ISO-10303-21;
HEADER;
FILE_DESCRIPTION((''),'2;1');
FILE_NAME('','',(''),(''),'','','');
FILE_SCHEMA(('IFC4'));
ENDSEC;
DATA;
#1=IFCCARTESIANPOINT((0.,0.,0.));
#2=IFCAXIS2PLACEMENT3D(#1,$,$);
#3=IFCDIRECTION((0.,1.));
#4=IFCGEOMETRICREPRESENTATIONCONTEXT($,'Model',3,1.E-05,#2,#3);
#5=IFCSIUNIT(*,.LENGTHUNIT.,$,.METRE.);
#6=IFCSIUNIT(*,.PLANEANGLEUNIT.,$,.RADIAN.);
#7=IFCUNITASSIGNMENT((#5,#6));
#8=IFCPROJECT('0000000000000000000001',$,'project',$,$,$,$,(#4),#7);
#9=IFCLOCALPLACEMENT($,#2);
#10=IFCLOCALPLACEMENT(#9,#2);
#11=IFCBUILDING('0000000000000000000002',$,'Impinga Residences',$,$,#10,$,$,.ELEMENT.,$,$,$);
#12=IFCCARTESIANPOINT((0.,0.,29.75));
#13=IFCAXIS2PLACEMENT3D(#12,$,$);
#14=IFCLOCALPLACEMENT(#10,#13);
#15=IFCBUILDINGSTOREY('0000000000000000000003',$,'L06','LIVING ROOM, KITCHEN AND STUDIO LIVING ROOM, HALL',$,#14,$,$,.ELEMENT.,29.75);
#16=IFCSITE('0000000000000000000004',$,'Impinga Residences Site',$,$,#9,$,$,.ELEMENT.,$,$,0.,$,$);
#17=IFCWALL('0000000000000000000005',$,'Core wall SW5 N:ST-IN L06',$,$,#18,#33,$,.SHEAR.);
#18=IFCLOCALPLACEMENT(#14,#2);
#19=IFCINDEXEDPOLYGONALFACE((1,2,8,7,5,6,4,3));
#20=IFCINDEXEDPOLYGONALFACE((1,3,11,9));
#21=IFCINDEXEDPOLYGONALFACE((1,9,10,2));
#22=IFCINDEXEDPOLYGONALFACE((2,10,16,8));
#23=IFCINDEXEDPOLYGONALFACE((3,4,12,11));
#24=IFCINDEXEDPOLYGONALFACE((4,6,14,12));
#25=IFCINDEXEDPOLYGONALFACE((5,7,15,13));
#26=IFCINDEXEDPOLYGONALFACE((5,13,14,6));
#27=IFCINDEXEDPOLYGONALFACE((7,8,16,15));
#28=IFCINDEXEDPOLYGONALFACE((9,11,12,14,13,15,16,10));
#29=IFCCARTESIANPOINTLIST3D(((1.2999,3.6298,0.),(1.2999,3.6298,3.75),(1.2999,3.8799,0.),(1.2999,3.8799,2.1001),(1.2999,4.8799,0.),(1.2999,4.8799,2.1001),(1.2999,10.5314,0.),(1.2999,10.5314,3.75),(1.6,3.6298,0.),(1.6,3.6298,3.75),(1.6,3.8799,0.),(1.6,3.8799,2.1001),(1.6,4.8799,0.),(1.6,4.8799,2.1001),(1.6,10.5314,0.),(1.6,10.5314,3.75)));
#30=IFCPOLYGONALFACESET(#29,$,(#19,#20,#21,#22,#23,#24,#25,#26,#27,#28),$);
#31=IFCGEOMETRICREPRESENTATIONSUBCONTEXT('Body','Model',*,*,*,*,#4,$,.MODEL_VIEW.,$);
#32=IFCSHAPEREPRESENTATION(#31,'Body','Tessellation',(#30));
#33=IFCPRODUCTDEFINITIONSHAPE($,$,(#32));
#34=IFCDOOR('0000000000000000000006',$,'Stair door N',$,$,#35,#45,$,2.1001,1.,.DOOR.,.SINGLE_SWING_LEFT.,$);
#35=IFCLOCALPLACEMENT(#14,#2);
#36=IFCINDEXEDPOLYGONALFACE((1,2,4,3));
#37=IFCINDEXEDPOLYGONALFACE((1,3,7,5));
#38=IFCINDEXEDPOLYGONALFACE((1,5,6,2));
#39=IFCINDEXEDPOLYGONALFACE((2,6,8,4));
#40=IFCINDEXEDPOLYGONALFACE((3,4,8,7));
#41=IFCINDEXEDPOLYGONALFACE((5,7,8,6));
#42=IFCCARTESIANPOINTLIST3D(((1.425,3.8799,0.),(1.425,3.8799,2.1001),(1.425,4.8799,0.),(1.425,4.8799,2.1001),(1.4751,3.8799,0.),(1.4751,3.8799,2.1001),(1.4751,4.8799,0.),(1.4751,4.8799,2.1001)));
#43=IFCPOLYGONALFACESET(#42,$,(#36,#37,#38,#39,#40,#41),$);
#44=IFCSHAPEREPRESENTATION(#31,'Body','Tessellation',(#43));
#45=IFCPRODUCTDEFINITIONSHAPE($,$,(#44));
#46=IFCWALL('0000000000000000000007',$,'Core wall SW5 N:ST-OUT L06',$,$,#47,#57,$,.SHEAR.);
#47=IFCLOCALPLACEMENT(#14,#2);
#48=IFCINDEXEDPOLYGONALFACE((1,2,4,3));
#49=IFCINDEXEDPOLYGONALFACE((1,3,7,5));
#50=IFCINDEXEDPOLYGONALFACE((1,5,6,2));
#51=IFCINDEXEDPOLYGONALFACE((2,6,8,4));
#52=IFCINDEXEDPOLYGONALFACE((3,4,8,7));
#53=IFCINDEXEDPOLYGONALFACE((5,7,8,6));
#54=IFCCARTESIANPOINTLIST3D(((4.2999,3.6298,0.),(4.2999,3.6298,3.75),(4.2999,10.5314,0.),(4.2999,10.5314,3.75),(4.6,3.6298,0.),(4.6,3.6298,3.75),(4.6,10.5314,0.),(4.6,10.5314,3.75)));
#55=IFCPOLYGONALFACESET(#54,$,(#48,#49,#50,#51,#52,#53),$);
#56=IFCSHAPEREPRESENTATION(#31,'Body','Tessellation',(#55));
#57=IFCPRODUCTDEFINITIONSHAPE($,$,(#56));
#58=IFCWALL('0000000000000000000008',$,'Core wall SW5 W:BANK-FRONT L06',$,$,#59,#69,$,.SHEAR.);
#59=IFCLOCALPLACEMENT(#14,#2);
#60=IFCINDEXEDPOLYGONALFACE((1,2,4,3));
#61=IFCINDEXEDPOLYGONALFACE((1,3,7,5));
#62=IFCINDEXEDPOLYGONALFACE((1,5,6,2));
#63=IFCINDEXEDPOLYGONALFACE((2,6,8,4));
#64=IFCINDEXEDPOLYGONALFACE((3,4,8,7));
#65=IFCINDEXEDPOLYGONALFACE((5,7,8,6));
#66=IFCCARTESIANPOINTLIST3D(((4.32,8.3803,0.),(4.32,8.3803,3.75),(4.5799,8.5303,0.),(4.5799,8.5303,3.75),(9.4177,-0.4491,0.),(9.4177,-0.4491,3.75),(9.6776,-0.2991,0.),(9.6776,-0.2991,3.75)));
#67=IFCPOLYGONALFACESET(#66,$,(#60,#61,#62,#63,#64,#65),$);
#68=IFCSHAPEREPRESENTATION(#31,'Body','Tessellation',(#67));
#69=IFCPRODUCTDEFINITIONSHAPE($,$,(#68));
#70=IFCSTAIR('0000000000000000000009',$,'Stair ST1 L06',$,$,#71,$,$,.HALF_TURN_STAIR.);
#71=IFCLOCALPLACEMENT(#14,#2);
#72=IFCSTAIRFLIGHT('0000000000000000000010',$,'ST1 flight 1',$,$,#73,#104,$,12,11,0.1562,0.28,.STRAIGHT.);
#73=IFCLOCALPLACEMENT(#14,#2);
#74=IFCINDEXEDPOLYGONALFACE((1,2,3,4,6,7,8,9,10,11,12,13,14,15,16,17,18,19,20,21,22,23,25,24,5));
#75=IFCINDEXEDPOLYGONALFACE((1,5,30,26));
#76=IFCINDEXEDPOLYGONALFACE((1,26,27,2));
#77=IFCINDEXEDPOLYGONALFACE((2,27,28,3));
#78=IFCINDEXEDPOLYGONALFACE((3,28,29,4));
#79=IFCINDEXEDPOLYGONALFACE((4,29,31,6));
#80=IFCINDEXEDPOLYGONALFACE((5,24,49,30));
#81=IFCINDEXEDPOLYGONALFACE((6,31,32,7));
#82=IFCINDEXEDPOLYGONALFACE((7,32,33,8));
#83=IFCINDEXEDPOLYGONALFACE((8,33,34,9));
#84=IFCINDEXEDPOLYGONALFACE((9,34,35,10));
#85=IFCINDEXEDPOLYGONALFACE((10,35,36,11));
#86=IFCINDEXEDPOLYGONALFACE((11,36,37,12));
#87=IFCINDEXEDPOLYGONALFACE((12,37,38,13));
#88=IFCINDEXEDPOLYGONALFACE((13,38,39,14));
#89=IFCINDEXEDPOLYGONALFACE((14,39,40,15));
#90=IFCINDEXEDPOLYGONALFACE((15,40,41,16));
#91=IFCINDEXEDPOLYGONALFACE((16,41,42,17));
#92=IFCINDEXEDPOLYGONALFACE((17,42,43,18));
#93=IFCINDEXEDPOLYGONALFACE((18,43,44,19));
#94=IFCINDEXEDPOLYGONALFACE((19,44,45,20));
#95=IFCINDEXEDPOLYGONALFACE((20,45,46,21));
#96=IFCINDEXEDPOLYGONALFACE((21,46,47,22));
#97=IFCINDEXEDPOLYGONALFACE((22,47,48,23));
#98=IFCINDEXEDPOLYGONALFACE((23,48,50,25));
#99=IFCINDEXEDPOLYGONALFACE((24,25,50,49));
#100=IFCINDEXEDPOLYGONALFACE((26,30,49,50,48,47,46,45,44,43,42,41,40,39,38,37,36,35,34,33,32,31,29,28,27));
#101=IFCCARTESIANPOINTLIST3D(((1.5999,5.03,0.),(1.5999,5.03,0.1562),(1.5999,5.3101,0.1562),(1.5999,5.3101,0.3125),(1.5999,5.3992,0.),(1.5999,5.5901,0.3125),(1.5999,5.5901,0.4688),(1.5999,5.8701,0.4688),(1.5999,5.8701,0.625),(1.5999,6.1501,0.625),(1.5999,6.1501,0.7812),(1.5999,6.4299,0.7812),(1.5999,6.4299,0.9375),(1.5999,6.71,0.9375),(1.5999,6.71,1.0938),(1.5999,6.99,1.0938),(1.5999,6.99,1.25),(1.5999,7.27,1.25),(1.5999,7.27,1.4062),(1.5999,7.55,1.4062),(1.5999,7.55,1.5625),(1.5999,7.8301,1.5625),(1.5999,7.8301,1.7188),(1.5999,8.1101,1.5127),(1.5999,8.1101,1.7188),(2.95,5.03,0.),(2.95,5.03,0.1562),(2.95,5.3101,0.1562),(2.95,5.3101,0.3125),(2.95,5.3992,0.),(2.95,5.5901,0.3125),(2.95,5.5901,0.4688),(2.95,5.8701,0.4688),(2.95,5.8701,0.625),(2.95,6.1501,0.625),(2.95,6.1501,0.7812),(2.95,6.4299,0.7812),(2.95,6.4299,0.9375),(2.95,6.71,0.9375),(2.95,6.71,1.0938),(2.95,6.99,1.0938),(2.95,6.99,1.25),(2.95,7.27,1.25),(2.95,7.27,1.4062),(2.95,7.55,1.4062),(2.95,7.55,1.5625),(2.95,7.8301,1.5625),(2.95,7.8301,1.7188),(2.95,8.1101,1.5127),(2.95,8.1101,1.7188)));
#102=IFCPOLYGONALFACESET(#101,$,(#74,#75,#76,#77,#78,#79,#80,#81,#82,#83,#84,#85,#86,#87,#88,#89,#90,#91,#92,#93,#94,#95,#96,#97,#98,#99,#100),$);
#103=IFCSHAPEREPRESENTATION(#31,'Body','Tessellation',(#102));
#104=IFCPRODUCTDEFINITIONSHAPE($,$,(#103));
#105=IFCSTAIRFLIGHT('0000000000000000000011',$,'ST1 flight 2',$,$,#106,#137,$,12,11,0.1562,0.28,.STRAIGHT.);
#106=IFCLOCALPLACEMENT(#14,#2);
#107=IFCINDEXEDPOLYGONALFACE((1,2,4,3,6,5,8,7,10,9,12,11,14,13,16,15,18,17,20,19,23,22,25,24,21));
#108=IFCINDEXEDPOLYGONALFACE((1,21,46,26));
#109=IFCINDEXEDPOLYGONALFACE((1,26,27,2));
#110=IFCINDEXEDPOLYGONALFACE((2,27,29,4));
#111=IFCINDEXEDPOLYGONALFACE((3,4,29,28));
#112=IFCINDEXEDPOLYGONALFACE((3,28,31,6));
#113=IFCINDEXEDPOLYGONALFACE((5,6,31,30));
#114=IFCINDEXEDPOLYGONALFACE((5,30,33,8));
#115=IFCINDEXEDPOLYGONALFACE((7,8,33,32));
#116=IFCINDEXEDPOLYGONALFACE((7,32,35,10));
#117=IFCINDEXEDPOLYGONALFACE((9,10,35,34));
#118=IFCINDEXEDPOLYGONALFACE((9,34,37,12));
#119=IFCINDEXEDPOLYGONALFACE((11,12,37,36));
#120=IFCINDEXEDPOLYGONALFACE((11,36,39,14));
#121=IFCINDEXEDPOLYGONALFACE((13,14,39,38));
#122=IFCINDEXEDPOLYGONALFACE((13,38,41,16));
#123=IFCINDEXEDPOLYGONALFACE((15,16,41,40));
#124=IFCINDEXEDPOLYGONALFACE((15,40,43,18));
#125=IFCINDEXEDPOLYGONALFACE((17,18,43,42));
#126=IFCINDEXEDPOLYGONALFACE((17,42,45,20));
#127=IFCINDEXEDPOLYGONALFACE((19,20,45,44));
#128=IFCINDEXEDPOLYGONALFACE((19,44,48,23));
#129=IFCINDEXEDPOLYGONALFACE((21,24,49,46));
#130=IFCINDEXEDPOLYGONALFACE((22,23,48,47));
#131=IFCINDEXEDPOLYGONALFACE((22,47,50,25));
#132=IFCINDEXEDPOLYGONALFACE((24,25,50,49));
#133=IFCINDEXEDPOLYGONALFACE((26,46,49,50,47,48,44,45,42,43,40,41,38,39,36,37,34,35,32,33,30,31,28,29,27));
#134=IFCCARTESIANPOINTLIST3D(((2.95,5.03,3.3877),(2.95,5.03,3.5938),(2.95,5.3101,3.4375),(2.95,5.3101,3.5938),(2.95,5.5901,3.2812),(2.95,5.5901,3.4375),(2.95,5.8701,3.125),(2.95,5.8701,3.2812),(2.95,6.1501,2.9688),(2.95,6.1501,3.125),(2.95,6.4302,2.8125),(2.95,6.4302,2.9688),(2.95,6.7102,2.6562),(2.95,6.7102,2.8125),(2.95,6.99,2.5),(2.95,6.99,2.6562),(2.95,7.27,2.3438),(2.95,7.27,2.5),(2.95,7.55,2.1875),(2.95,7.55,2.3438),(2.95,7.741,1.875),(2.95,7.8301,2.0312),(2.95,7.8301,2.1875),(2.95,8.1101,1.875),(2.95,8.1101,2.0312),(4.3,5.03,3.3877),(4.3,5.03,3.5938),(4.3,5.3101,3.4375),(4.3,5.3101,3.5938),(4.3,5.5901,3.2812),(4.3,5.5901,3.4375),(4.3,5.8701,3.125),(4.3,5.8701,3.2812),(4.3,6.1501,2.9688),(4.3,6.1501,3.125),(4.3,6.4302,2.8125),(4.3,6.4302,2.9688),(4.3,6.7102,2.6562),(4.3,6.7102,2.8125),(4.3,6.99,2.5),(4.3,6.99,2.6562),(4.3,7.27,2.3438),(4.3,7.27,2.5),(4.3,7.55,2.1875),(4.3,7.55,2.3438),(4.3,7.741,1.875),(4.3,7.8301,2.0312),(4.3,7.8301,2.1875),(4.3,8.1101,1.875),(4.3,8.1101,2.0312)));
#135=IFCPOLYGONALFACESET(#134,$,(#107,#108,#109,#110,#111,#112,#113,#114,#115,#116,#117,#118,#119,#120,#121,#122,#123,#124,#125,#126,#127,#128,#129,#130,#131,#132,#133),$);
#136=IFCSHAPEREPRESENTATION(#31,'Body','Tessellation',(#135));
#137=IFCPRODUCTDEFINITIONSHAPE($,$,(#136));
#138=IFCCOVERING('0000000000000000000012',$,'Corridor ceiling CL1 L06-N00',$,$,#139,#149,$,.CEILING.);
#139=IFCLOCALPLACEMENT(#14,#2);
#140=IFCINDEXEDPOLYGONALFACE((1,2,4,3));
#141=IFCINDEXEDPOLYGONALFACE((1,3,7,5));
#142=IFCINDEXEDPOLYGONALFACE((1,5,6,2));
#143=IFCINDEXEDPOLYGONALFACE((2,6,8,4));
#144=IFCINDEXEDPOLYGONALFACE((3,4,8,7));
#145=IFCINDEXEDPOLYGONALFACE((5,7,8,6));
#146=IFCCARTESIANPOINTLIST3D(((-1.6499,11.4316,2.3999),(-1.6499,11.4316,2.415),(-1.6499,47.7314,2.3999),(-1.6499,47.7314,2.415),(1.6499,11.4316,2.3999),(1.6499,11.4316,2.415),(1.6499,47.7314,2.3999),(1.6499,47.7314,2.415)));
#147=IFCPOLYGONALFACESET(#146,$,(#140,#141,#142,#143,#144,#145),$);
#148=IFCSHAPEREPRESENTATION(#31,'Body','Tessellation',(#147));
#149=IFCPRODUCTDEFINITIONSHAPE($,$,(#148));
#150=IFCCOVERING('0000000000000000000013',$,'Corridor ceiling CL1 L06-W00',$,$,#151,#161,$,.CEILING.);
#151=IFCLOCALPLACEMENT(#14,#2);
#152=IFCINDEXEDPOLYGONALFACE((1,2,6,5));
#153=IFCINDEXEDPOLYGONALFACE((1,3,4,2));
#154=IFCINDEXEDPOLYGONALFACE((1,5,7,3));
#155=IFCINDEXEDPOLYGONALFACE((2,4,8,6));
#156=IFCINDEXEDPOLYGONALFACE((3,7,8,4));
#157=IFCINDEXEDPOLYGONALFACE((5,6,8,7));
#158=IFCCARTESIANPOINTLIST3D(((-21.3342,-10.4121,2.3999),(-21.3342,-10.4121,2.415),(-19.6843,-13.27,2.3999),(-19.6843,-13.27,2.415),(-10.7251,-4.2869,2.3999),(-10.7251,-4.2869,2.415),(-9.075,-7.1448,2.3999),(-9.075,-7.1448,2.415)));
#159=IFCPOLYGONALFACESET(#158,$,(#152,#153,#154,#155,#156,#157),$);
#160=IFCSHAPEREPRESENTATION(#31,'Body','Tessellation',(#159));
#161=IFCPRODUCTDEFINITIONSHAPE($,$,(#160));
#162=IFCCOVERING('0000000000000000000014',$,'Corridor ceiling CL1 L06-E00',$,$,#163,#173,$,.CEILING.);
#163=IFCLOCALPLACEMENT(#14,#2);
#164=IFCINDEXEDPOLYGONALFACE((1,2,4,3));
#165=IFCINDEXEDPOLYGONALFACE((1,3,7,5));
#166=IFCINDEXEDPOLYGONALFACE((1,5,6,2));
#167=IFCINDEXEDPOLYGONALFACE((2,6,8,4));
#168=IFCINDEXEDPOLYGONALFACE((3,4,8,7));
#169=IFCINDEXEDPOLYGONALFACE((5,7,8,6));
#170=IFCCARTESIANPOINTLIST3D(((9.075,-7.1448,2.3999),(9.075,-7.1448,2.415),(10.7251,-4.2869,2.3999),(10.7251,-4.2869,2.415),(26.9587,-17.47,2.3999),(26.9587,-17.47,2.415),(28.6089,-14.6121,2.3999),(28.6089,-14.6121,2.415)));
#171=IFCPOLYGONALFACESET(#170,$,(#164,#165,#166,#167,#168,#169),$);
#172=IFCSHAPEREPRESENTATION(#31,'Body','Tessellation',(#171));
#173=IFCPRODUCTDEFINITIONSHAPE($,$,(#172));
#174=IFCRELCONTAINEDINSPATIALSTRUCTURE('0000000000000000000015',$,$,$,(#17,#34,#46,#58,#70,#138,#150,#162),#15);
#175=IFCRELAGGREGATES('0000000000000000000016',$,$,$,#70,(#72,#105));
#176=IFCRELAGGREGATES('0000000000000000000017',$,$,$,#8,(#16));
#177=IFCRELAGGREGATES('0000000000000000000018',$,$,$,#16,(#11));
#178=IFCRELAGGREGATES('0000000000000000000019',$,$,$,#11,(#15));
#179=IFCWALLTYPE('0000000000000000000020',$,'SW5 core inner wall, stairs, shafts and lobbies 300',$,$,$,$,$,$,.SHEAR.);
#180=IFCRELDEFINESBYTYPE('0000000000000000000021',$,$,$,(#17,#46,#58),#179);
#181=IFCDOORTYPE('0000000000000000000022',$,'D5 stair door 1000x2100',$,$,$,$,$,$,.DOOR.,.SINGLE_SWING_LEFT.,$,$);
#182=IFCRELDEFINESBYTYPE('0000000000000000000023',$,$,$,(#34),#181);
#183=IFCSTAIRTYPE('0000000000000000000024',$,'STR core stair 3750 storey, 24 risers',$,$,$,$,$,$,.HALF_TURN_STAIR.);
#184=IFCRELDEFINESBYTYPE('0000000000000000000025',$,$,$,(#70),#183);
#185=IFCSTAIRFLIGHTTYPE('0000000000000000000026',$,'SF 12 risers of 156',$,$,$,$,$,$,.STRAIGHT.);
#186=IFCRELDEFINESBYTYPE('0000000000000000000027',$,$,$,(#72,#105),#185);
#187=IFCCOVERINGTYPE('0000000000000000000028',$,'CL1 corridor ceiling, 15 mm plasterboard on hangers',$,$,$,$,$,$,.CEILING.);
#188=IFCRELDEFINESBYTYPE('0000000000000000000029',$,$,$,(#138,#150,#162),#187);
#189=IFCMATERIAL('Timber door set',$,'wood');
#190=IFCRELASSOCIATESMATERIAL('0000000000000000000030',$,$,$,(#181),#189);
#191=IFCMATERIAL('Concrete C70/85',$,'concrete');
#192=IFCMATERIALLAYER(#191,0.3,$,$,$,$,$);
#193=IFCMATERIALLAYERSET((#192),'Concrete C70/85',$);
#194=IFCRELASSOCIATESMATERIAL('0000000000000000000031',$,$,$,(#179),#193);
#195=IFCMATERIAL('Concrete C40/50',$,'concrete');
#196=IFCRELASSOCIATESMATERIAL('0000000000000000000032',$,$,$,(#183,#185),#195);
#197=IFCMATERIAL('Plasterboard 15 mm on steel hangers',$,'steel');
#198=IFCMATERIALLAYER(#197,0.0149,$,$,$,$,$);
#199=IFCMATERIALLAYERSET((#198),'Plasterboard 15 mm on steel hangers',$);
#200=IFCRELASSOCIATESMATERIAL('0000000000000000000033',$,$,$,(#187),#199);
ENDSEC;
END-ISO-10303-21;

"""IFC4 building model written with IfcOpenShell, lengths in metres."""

from ifc_helpers import new_model, si_unit, direction, frame, frame_2d, origin, place, context, subcontext, project, spatial, polyline, rectangle, outline, extrude, material, layer, layer_set, type_object, element, fill, aggregate, save


model = new_model("IFC4")

# Units and contexts
model_context = context("Model", 3, precision=1e-05, world=origin(), true_north=direction((0.0, 1.0)))
body_context = subcontext(model_context, "Body", "Model", "MODEL_VIEW")
ifc_project = project(units=[si_unit("LENGTHUNIT", "METRE"), si_unit("PLANEANGLEUNIT", "RADIAN")], contexts=[model_context])

# Site, building, storey
site_placement = place(None, origin())
site = spatial("IfcSite", under=ifc_project, at=site_placement, Name="Impinga Residences Site", CompositionType="ELEMENT", RefElevation=0.0)
building_placement = place(site_placement, origin())
building = spatial("IfcBuilding", under=site, at=building_placement, Name="Impinga Residences", CompositionType="ELEMENT")
storey_placement = place(building_placement, frame((0.0, 0.0, 29.75)))
storey = spatial("IfcBuildingStorey", under=building, at=storey_placement, Name="L06", Description="LIVING ROOM, KITCHEN AND STUDIO LIVING ROOM, HALL", CompositionType="ELEMENT", Elevation=29.75)

# Shared definitions
ifc_material_1 = material(Name="Concrete C70/85", Category="concrete")
ifc_material_2 = material(Name="Timber door set", Category="wood")
door_type_1 = type_object("IfcDoorType", Name="D5 stair door 1000x2100", OperationType="SINGLE_SWING_LEFT", PredefinedType="DOOR", material=ifc_material_2)

# Wall, opening, door
ifc_layer_1 = layer(ifc_material_1, 0.3)
ifc_layer_set_1 = layer_set([ifc_layer_1], Name="Concrete C70/85")
wall_type_1 = type_object("IfcWallType", Name="SW5 core inner wall, stairs, shafts and lobbies 300", PredefinedType="SHEAR", material=ifc_layer_set_1)
wall_1_placement = place(storey_placement, frame((1.45, 3.6299, 0.0), z_axis=(0.0, 0.0, 1.0), x_axis=(0.0, 1.0, 0.0)))
wall_1 = element("IfcWall", 1, at=wall_1_placement, inside=storey, type_object=wall_type_1, Name="Core wall SW5 N:ST-IN L06", PredefinedType="SHEAR", context=body_context, shape_type="SweptSolid", body=[
    extrude(rectangle(XDim=6.9016, YDim=0.3, at=frame_2d((3.4507, 0.0))), origin(), (0.0, 0.0, 1.0), 3.75),
])
opening_1_placement = place(wall_1_placement, frame((0.25, 0.0, 0.0)))
opening_1 = element("IfcOpeningElement", 2, at=opening_1_placement, cuts=wall_1, PredefinedType="OPENING", context=body_context, shape_type="SweptSolid", body=[
    extrude(rectangle(XDim=1.0, YDim=2.1001, at=frame_2d((0.5, 1.05))), frame((0.0, 0.1599, 0.0), z_axis=(0.0, -1.0, 0.0), x_axis=(1.0, 0.0, 0.0)), (0.0, 0.0, 1.0), 0.3201),
])
door_1_placement = place(opening_1_placement, origin())
door_1 = element("IfcDoor", 3, at=door_1_placement, inside=storey, type_object=door_type_1, Name="Stair door N", OperationType="SINGLE_SWING_LEFT", OverallHeight=2.1001, OverallWidth=1.0, PredefinedType="DOOR", context=body_context, shape_type="SweptSolid", body=[
    extrude(rectangle(XDim=1.0, YDim=2.1001, at=frame_2d((0.5, 1.05))), frame((0.0, 0.0249, 0.0), z_axis=(0.0, -1.0, 0.0), x_axis=(1.0, 0.0, 0.0)), (0.0, 0.0, 1.0), 0.05),
])
fill(opening_1, door_1)

# Walls
wall_2_placement = place(storey_placement, frame((4.45, 3.6299, 0.0), z_axis=(0.0, 0.0, 1.0), x_axis=(0.0, 1.0, 0.0)))
element("IfcWall", 4, at=wall_2_placement, inside=storey, type_object=wall_type_1, Name="Core wall SW5 N:ST-OUT L06", PredefinedType="SHEAR", context=body_context, shape_type="SweptSolid", body=[
    extrude(rectangle(XDim=6.9016, YDim=0.3, at=frame_2d((3.4507, 0.0))), origin(), (0.0, 0.0, 1.0), 3.75),
])
wall_3_placement = place(storey_placement, frame((4.45, 8.4553, 0.0), z_axis=(0.0, 0.0, 1.0), x_axis=(0.500002, -0.866024, 0.0)))
element("IfcWall", 5, at=wall_3_placement, inside=storey, type_object=wall_type_1, Name="Core wall SW5 W:BANK-FRONT L06", PredefinedType="SHEAR", context=body_context, shape_type="SweptSolid", body=[
    extrude(rectangle(XDim=10.1953, YDim=0.3, at=frame_2d((5.0977, 0.0))), origin(), (0.0, 0.0, 1.0), 3.75),
])

# Stair, stair flights
ifc_material_3 = material(Name="Concrete C40/50", Category="concrete")
stair_type = type_object("IfcStairType", Name="STR core stair 3750 storey, 24 risers", PredefinedType="HALF_TURN_STAIR", material=ifc_material_3)
stair_placement = place(storey_placement, origin())
stair = element("IfcStair", 6, at=stair_placement, inside=storey, type_object=stair_type, Name="Stair ST1 L06", PredefinedType="HALF_TURN_STAIR")
stair_flight_type = type_object("IfcStairFlightType", Name="SF 12 risers of 156", PredefinedType="STRAIGHT", material=ifc_material_3)
stair_flight_1_placement = place(storey_placement, frame((2.2749, 5.03, 0.0), z_axis=(0.0, 0.0, 1.0), x_axis=(0.0, 1.0, 0.0)))
stair_flight_1 = element("IfcStairFlight", 7, at=stair_flight_1_placement, type_object=stair_flight_type, Name="ST1 flight 1", NumberOfRisers=12, NumberOfTreads=11, PredefinedType="STRAIGHT", RiserHeight=0.1562, TreadLength=0.28, context=body_context, shape_type="SweptSolid", body=[
    extrude(outline(polyline([(0.0, 0.0), (0.0, 0.1562), (0.28, 0.1562), (0.28, 0.3125), (0.5601, 0.3125), (0.5601, 0.4688), (0.8401, 0.4688), (0.8401, 0.625), (1.1201, 0.625), (1.1201, 0.7812), (1.3999, 0.7812), (1.3999, 0.9375), (1.6799, 0.9375), (1.6799, 1.0938), (1.96, 1.0938), (1.96, 1.25), (2.24, 1.25), (2.24, 1.4062), (2.52, 1.4062), (2.52, 1.5625), (2.8, 1.5625), (2.8, 1.7188), (3.0801, 1.7188), (3.0801, 1.875), (3.0801, 1.5127), (0.3691, 0.0), (0.0, 0.0)])), frame((0.0, 0.675, 0.0), z_axis=(0.0, -1.0, 0.0), x_axis=(1.0, 0.0, 0.0)), (0.0, 0.0, 1.0), 1.3501),
])
stair_flight_2_placement = place(storey_placement, frame((3.625, 8.1101, 1.875), z_axis=(0.0, 0.0, 1.0), x_axis=(0.0, -1.0, 0.0)))
stair_flight_2 = element("IfcStairFlight", 8, at=stair_flight_2_placement, type_object=stair_flight_type, Name="ST1 flight 2", NumberOfRisers=12, NumberOfTreads=11, PredefinedType="STRAIGHT", RiserHeight=0.1562, TreadLength=0.28, context=body_context, shape_type="SweptSolid", body=[
    extrude(outline(polyline([(0.0, 0.0), (0.0, 0.1562), (0.28, 0.1562), (0.28, 0.3125), (0.5601, 0.3125), (0.5601, 0.4688), (0.8401, 0.4688), (0.8401, 0.625), (1.1201, 0.625), (1.1201, 0.7812), (1.3999, 0.7812), (1.3999, 0.9375), (1.6799, 0.9375), (1.6799, 1.0938), (1.96, 1.0938), (1.96, 1.25), (2.24, 1.25), (2.24, 1.4062), (2.52, 1.4062), (2.52, 1.5625), (2.8, 1.5625), (2.8, 1.7188), (3.0801, 1.7188), (3.0801, 1.875), (3.0801, 1.5127), (0.3691, 0.0), (0.0, 0.0)])), frame((0.0, 0.675, 0.0), z_axis=(0.0, -1.0, 0.0), x_axis=(1.0, 0.0, 0.0)), (0.0, 0.0, 1.0), 1.3501),
])
aggregate(stair, [stair_flight_1, stair_flight_2])

# Coverings
ifc_material_4 = material(Name="Plasterboard 15 mm on steel hangers", Category="steel")
ifc_layer_2 = layer(ifc_material_4, 0.0149)
ifc_layer_set_2 = layer_set([ifc_layer_2], Name="Plasterboard 15 mm on steel hangers")
covering_type_1 = type_object("IfcCoveringType", Name="CL1 corridor ceiling, 15 mm plasterboard on hangers", PredefinedType="CEILING", material=ifc_layer_set_2)
covering_1_placement = place(storey_placement, frame((0.0, 0.0, 2.3999)))
element("IfcCovering", 9, at=covering_1_placement, inside=storey, type_object=covering_type_1, Name="Corridor ceiling CL1 L06-N00", PredefinedType="CEILING", context=body_context, shape_type="SweptSolid", body=[
    extrude(outline(polyline([(-1.6499, 11.4316), (1.6499, 11.4316), (1.6499, 47.7314), (-1.6499, 47.7314), (-1.6499, 11.4316)])), origin(), (0.0, 0.0, 1.0), 0.0151),
])
covering_2_placement = place(storey_placement, frame((0.0, 0.0, 2.3999)))
element("IfcCovering", 10, at=covering_2_placement, inside=storey, type_object=covering_type_1, Name="Corridor ceiling CL1 L06-W00", PredefinedType="CEILING", context=body_context, shape_type="SweptSolid", body=[
    extrude(outline(polyline([(-10.7251, -4.2869), (-9.075, -7.1448), (-19.6843, -13.27), (-21.3342, -10.4121), (-10.7251, -4.2869)])), origin(), (0.0, 0.0, 1.0), 0.0151),
])
covering_3_placement = place(storey_placement, frame((0.0, 0.0, 2.3999)))
element("IfcCovering", 11, at=covering_3_placement, inside=storey, type_object=covering_type_1, Name="Corridor ceiling CL1 L06-E00", PredefinedType="CEILING", context=body_context, shape_type="SweptSolid", body=[
    extrude(outline(polyline([(9.075, -7.1448), (10.7251, -4.2869), (28.6089, -14.6121), (26.9587, -17.47), (9.075, -7.1448)])), origin(), (0.0, 0.0, 1.0), 0.0151),
])

save(model, "model.ifc")
